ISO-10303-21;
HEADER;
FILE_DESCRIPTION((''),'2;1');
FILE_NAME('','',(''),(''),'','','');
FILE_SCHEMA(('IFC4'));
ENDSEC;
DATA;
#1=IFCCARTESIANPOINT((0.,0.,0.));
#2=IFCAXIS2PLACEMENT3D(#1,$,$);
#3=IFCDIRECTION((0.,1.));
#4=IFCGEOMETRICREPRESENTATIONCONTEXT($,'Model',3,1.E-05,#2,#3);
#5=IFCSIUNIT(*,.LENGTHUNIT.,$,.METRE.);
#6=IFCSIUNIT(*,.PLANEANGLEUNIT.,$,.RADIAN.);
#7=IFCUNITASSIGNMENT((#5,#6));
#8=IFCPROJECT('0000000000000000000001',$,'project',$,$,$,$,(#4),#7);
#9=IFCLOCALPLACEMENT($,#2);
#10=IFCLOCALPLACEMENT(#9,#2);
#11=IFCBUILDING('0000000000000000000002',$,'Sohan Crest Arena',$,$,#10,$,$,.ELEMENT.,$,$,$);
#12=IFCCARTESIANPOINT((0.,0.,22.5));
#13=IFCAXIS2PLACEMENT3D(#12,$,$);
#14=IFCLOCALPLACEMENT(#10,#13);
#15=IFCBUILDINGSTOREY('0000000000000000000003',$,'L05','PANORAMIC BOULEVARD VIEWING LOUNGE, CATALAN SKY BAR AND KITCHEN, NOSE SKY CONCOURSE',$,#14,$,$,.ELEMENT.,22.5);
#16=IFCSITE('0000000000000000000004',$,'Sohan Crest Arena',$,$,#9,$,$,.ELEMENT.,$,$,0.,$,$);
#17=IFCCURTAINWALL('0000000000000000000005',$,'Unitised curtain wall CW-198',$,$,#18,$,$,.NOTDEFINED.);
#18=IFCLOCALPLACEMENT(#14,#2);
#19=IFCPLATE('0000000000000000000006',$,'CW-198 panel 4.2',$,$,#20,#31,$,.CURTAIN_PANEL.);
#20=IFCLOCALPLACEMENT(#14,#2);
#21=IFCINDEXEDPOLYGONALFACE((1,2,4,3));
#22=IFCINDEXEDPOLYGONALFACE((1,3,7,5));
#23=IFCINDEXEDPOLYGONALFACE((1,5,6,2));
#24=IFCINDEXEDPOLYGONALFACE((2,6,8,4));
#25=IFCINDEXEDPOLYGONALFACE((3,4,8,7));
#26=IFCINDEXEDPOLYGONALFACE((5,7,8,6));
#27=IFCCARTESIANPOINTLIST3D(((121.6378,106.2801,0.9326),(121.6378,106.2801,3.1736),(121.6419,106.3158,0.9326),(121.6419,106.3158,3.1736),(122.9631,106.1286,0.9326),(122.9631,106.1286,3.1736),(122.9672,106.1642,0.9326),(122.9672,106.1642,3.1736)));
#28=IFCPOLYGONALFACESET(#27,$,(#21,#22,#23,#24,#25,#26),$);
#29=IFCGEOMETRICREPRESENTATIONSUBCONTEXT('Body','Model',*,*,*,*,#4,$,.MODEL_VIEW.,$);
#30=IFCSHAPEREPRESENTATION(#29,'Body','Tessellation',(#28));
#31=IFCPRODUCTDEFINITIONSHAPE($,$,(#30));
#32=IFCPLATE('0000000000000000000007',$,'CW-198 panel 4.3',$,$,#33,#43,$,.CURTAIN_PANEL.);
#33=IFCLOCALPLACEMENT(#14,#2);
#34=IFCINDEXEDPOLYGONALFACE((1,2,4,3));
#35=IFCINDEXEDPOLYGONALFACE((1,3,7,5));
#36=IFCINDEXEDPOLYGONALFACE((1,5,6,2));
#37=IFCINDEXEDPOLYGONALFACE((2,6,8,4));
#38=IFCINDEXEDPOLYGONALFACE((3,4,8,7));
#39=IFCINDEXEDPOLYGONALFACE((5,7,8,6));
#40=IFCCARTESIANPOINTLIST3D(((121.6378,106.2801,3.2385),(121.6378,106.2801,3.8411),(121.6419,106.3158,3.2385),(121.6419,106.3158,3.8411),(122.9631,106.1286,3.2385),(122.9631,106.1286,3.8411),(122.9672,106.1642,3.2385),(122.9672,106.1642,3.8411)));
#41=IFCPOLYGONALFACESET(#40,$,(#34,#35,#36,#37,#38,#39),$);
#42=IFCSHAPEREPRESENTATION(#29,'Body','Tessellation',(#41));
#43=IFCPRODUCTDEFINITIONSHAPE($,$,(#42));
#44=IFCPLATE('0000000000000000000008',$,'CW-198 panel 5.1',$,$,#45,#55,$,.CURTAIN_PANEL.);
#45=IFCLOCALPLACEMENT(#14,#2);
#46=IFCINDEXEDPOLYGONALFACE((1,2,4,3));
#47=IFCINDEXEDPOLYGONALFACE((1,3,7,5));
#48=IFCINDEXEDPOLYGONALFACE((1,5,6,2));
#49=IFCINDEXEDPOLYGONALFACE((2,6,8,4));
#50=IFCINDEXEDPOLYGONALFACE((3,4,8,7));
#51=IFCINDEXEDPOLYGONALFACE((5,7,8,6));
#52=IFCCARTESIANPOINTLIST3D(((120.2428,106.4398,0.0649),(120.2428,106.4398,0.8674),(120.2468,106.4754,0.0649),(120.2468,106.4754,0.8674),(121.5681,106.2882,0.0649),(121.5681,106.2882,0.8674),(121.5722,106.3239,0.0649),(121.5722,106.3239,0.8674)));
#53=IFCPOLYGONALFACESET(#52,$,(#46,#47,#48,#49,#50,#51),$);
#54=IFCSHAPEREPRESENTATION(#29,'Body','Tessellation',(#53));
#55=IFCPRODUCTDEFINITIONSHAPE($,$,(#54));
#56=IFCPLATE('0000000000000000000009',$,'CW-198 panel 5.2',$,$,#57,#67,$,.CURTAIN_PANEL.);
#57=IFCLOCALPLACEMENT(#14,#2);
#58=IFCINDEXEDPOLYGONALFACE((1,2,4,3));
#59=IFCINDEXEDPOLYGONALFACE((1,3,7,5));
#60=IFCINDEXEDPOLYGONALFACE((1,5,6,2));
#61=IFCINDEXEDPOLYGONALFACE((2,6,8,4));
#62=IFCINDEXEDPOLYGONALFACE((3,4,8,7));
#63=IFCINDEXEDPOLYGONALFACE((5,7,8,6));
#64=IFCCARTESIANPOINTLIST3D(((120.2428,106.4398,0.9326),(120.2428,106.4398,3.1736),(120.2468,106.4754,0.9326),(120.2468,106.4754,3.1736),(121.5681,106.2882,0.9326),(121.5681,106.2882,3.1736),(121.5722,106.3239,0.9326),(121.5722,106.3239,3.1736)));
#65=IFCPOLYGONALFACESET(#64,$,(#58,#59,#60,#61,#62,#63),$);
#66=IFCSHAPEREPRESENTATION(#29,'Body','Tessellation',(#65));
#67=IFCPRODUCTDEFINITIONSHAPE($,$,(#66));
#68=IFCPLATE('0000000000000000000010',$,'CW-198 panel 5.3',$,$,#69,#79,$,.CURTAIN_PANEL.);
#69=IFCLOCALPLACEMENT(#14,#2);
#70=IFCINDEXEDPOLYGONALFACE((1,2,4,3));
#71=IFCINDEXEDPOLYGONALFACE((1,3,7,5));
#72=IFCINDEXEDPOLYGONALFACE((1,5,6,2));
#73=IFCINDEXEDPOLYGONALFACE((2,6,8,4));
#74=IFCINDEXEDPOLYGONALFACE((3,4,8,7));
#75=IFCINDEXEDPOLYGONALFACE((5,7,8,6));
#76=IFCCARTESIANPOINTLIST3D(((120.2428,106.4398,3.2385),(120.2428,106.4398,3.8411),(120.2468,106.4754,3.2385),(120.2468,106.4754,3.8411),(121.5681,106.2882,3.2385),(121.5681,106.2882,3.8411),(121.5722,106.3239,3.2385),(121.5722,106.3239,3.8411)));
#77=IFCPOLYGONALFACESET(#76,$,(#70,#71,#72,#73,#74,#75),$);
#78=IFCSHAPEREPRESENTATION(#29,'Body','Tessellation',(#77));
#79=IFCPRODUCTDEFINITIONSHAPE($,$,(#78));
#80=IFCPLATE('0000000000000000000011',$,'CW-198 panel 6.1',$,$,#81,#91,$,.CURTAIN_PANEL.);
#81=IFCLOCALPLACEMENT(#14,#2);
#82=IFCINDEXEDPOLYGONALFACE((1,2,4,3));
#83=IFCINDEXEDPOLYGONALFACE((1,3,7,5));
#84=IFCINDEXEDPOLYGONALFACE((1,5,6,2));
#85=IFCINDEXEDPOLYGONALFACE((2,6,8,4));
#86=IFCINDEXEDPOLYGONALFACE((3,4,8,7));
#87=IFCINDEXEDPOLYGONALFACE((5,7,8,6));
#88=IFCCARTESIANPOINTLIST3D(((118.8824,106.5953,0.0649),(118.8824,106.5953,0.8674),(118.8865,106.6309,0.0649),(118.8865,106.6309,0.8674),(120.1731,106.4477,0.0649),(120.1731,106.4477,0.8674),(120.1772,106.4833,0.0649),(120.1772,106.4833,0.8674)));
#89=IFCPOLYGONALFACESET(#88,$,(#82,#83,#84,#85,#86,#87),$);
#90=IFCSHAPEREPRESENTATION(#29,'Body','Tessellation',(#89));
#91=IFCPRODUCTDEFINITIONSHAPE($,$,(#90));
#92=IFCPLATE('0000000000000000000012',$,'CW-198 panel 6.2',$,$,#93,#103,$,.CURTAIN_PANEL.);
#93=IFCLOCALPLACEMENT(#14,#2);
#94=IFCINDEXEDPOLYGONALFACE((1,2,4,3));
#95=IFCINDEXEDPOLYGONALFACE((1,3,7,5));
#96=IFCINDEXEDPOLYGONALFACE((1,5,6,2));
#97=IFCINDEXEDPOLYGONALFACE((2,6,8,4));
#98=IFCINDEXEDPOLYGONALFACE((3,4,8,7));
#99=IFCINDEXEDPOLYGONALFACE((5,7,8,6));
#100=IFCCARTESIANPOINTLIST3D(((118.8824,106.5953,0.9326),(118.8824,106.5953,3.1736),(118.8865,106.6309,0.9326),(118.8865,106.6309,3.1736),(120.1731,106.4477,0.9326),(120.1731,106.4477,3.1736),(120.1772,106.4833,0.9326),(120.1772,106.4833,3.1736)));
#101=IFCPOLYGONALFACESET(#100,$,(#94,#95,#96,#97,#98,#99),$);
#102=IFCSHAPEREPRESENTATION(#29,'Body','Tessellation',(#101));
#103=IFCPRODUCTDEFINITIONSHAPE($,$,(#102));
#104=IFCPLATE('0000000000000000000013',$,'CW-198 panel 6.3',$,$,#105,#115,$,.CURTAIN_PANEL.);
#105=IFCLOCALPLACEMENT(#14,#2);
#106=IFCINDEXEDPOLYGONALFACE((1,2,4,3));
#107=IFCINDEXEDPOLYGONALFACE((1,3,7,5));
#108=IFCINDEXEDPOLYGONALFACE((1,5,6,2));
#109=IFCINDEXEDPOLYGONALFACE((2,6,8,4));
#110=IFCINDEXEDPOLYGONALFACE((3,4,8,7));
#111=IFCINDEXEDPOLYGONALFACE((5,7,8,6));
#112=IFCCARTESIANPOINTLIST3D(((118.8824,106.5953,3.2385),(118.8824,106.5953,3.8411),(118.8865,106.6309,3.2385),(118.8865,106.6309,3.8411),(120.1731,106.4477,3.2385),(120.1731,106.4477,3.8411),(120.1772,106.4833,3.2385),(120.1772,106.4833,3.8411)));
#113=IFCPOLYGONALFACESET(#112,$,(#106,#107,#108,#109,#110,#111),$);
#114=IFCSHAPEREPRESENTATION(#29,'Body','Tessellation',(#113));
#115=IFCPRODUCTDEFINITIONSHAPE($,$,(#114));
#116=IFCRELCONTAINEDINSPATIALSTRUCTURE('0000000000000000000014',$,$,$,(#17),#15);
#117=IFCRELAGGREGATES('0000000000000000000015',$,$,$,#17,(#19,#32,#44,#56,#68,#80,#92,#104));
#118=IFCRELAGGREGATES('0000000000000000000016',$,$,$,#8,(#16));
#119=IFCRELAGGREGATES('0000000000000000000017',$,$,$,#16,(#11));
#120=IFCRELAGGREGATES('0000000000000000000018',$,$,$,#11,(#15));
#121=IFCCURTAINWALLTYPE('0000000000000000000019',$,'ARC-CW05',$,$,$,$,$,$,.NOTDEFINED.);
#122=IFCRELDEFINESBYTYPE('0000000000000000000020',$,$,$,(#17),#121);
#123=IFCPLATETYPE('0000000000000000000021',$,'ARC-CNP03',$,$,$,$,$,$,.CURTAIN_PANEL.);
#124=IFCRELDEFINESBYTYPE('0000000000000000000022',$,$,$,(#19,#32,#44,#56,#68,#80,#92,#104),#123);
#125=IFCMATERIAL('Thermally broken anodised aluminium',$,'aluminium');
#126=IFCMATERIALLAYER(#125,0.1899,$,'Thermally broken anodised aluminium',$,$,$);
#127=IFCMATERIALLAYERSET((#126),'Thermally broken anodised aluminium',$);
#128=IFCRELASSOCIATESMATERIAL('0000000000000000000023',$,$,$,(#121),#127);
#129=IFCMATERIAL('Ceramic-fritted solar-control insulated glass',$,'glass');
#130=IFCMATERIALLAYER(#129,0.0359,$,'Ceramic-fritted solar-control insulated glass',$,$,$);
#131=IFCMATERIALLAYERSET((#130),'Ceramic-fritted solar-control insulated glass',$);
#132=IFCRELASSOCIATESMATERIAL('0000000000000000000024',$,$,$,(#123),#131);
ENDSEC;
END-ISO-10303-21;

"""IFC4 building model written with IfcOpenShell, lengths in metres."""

from ifc_helpers import new_model, si_unit, direction, frame, origin, origin_2d, place, context, subcontext, project, spatial, rectangle, extrude, material, layer, layer_set, type_object, element, aggregate, save


model = new_model("IFC4")

# Units and contexts
model_context = context("Model", 3, precision=1e-05, world=origin(), true_north=direction((0.0, 1.0)))
body_context = subcontext(model_context, "Body", "Model", "MODEL_VIEW")
ifc_project = project(units=[si_unit("LENGTHUNIT", "METRE"), si_unit("PLANEANGLEUNIT", "RADIAN")], contexts=[model_context])

# Site, building, storey
site_placement = place(None, origin())
site = spatial("IfcSite", under=ifc_project, at=site_placement, Name="Sohan Crest Arena", CompositionType="ELEMENT", RefElevation=0.0)
building_placement = place(site_placement, origin())
building = spatial("IfcBuilding", under=site, at=building_placement, Name="Sohan Crest Arena", CompositionType="ELEMENT")
storey_placement = place(building_placement, frame((0.0, 0.0, 22.5)))
storey = spatial("IfcBuildingStorey", under=building, at=storey_placement, Name="L05", Description="PANORAMIC BOULEVARD VIEWING LOUNGE, CATALAN SKY BAR AND KITCHEN, NOSE SKY CONCOURSE", CompositionType="ELEMENT", Elevation=22.5)

# Curtain wall
ifc_material_1 = material(Name="Thermally broken anodised aluminium", Category="aluminium")
ifc_layer_1 = layer(ifc_material_1, 0.1899, Name="Thermally broken anodised aluminium")
ifc_layer_set_1 = layer_set([ifc_layer_1], Name="Thermally broken anodised aluminium")
curtain_wall_type = type_object("IfcCurtainWallType", Name="ARC-CW05", PredefinedType="NOTDEFINED", material=ifc_layer_set_1)
curtain_wall_1_placement = place(storey_placement, origin())
curtain_wall_1 = element("IfcCurtainWall", 1, at=curtain_wall_1_placement, inside=storey, type_object=curtain_wall_type, Name="Unitised curtain wall CW-198", PredefinedType="NOTDEFINED")

# Plates
ifc_material_2 = material(Name="Ceramic-fritted solar-control insulated glass", Category="glass")
ifc_layer_2 = layer(ifc_material_2, 0.0359, Name="Ceramic-fritted solar-control insulated glass")
ifc_layer_set_2 = layer_set([ifc_layer_2], Name="Ceramic-fritted solar-control insulated glass")
plate_type = type_object("IfcPlateType", Name="ARC-CNP03", PredefinedType="CURTAIN_PANEL", material=ifc_layer_set_2)
plate_1_placement = place(storey_placement, frame((122.3025, 106.2222, 0.9326), z_axis=(0.0, 0.0, 1.0), x_axis=(-0.993527, 0.113597, 0.0)))
plate_1 = element("IfcPlate", 2, at=plate_1_placement, type_object=plate_type, Name="CW-198 panel 4.2", PredefinedType="CURTAIN_PANEL", context=body_context, shape_type="SweptSolid", body=[
    extrude(rectangle(XDim=1.334, YDim=0.0359, at=origin_2d()), origin(), (0.0, 0.0, 1.0), 2.241),
])
plate_2_placement = place(storey_placement, frame((122.3025, 106.2222, 3.2385), z_axis=(0.0, 0.0, 1.0), x_axis=(-0.993527, 0.113597, 0.0)))
plate_2 = element("IfcPlate", 3, at=plate_2_placement, type_object=plate_type, Name="CW-198 panel 4.3", PredefinedType="CURTAIN_PANEL", context=body_context, shape_type="SweptSolid", body=[
    extrude(rectangle(XDim=1.334, YDim=0.0359, at=origin_2d()), origin(), (0.0, 0.0, 1.0), 0.6025),
])
plate_3_placement = place(storey_placement, frame((120.9075, 106.3818, 0.0649), z_axis=(0.0, 0.0, 1.0), x_axis=(-0.993527, 0.113597, 0.0)))
plate_3 = element("IfcPlate", 4, at=plate_3_placement, type_object=plate_type, Name="CW-198 panel 5.1", PredefinedType="CURTAIN_PANEL", context=body_context, shape_type="SweptSolid", body=[
    extrude(rectangle(XDim=1.334, YDim=0.0359, at=origin_2d()), origin(), (0.0, 0.0, 1.0), 0.8025),
])
plate_4_placement = place(storey_placement, frame((120.9075, 106.3818, 0.9326), z_axis=(0.0, 0.0, 1.0), x_axis=(-0.993527, 0.113597, 0.0)))
plate_4 = element("IfcPlate", 5, at=plate_4_placement, type_object=plate_type, Name="CW-198 panel 5.2", PredefinedType="CURTAIN_PANEL", context=body_context, shape_type="SweptSolid", body=[
    extrude(rectangle(XDim=1.334, YDim=0.0359, at=origin_2d()), origin(), (0.0, 0.0, 1.0), 2.241),
])
plate_5_placement = place(storey_placement, frame((120.9075, 106.3818, 3.2385), z_axis=(0.0, 0.0, 1.0), x_axis=(-0.993527, 0.113597, 0.0)))
plate_5 = element("IfcPlate", 6, at=plate_5_placement, type_object=plate_type, Name="CW-198 panel 5.3", PredefinedType="CURTAIN_PANEL", context=body_context, shape_type="SweptSolid", body=[
    extrude(rectangle(XDim=1.334, YDim=0.0359, at=origin_2d()), origin(), (0.0, 0.0, 1.0), 0.6025),
])
plate_6_placement = place(storey_placement, frame((119.5298, 106.5393, 0.0649), z_axis=(0.0, 0.0, 1.0), x_axis=(-0.993527, 0.113597, 0.0)))
plate_6 = element("IfcPlate", 7, at=plate_6_placement, type_object=plate_type, Name="CW-198 panel 6.1", PredefinedType="CURTAIN_PANEL", context=body_context, shape_type="SweptSolid", body=[
    extrude(rectangle(XDim=1.2991, YDim=0.0359, at=origin_2d()), origin(), (0.0, 0.0, 1.0), 0.8025),
])
plate_7_placement = place(storey_placement, frame((119.5298, 106.5393, 0.9326), z_axis=(0.0, 0.0, 1.0), x_axis=(-0.993527, 0.113597, 0.0)))
plate_7 = element("IfcPlate", 8, at=plate_7_placement, type_object=plate_type, Name="CW-198 panel 6.2", PredefinedType="CURTAIN_PANEL", context=body_context, shape_type="SweptSolid", body=[
    extrude(rectangle(XDim=1.2991, YDim=0.0359, at=origin_2d()), origin(), (0.0, 0.0, 1.0), 2.241),
])
plate_8_placement = place(storey_placement, frame((119.5298, 106.5393, 3.2385), z_axis=(0.0, 0.0, 1.0), x_axis=(-0.993527, 0.113597, 0.0)))
plate_8 = element("IfcPlate", 9, at=plate_8_placement, type_object=plate_type, Name="CW-198 panel 6.3", PredefinedType="CURTAIN_PANEL", context=body_context, shape_type="SweptSolid", body=[
    extrude(rectangle(XDim=1.2991, YDim=0.0359, at=origin_2d()), origin(), (0.0, 0.0, 1.0), 0.6025),
])
aggregate(curtain_wall_1, [plate_1, plate_2, plate_3, plate_4, plate_5, plate_6, plate_7, plate_8])

save(model, "model.ifc")
